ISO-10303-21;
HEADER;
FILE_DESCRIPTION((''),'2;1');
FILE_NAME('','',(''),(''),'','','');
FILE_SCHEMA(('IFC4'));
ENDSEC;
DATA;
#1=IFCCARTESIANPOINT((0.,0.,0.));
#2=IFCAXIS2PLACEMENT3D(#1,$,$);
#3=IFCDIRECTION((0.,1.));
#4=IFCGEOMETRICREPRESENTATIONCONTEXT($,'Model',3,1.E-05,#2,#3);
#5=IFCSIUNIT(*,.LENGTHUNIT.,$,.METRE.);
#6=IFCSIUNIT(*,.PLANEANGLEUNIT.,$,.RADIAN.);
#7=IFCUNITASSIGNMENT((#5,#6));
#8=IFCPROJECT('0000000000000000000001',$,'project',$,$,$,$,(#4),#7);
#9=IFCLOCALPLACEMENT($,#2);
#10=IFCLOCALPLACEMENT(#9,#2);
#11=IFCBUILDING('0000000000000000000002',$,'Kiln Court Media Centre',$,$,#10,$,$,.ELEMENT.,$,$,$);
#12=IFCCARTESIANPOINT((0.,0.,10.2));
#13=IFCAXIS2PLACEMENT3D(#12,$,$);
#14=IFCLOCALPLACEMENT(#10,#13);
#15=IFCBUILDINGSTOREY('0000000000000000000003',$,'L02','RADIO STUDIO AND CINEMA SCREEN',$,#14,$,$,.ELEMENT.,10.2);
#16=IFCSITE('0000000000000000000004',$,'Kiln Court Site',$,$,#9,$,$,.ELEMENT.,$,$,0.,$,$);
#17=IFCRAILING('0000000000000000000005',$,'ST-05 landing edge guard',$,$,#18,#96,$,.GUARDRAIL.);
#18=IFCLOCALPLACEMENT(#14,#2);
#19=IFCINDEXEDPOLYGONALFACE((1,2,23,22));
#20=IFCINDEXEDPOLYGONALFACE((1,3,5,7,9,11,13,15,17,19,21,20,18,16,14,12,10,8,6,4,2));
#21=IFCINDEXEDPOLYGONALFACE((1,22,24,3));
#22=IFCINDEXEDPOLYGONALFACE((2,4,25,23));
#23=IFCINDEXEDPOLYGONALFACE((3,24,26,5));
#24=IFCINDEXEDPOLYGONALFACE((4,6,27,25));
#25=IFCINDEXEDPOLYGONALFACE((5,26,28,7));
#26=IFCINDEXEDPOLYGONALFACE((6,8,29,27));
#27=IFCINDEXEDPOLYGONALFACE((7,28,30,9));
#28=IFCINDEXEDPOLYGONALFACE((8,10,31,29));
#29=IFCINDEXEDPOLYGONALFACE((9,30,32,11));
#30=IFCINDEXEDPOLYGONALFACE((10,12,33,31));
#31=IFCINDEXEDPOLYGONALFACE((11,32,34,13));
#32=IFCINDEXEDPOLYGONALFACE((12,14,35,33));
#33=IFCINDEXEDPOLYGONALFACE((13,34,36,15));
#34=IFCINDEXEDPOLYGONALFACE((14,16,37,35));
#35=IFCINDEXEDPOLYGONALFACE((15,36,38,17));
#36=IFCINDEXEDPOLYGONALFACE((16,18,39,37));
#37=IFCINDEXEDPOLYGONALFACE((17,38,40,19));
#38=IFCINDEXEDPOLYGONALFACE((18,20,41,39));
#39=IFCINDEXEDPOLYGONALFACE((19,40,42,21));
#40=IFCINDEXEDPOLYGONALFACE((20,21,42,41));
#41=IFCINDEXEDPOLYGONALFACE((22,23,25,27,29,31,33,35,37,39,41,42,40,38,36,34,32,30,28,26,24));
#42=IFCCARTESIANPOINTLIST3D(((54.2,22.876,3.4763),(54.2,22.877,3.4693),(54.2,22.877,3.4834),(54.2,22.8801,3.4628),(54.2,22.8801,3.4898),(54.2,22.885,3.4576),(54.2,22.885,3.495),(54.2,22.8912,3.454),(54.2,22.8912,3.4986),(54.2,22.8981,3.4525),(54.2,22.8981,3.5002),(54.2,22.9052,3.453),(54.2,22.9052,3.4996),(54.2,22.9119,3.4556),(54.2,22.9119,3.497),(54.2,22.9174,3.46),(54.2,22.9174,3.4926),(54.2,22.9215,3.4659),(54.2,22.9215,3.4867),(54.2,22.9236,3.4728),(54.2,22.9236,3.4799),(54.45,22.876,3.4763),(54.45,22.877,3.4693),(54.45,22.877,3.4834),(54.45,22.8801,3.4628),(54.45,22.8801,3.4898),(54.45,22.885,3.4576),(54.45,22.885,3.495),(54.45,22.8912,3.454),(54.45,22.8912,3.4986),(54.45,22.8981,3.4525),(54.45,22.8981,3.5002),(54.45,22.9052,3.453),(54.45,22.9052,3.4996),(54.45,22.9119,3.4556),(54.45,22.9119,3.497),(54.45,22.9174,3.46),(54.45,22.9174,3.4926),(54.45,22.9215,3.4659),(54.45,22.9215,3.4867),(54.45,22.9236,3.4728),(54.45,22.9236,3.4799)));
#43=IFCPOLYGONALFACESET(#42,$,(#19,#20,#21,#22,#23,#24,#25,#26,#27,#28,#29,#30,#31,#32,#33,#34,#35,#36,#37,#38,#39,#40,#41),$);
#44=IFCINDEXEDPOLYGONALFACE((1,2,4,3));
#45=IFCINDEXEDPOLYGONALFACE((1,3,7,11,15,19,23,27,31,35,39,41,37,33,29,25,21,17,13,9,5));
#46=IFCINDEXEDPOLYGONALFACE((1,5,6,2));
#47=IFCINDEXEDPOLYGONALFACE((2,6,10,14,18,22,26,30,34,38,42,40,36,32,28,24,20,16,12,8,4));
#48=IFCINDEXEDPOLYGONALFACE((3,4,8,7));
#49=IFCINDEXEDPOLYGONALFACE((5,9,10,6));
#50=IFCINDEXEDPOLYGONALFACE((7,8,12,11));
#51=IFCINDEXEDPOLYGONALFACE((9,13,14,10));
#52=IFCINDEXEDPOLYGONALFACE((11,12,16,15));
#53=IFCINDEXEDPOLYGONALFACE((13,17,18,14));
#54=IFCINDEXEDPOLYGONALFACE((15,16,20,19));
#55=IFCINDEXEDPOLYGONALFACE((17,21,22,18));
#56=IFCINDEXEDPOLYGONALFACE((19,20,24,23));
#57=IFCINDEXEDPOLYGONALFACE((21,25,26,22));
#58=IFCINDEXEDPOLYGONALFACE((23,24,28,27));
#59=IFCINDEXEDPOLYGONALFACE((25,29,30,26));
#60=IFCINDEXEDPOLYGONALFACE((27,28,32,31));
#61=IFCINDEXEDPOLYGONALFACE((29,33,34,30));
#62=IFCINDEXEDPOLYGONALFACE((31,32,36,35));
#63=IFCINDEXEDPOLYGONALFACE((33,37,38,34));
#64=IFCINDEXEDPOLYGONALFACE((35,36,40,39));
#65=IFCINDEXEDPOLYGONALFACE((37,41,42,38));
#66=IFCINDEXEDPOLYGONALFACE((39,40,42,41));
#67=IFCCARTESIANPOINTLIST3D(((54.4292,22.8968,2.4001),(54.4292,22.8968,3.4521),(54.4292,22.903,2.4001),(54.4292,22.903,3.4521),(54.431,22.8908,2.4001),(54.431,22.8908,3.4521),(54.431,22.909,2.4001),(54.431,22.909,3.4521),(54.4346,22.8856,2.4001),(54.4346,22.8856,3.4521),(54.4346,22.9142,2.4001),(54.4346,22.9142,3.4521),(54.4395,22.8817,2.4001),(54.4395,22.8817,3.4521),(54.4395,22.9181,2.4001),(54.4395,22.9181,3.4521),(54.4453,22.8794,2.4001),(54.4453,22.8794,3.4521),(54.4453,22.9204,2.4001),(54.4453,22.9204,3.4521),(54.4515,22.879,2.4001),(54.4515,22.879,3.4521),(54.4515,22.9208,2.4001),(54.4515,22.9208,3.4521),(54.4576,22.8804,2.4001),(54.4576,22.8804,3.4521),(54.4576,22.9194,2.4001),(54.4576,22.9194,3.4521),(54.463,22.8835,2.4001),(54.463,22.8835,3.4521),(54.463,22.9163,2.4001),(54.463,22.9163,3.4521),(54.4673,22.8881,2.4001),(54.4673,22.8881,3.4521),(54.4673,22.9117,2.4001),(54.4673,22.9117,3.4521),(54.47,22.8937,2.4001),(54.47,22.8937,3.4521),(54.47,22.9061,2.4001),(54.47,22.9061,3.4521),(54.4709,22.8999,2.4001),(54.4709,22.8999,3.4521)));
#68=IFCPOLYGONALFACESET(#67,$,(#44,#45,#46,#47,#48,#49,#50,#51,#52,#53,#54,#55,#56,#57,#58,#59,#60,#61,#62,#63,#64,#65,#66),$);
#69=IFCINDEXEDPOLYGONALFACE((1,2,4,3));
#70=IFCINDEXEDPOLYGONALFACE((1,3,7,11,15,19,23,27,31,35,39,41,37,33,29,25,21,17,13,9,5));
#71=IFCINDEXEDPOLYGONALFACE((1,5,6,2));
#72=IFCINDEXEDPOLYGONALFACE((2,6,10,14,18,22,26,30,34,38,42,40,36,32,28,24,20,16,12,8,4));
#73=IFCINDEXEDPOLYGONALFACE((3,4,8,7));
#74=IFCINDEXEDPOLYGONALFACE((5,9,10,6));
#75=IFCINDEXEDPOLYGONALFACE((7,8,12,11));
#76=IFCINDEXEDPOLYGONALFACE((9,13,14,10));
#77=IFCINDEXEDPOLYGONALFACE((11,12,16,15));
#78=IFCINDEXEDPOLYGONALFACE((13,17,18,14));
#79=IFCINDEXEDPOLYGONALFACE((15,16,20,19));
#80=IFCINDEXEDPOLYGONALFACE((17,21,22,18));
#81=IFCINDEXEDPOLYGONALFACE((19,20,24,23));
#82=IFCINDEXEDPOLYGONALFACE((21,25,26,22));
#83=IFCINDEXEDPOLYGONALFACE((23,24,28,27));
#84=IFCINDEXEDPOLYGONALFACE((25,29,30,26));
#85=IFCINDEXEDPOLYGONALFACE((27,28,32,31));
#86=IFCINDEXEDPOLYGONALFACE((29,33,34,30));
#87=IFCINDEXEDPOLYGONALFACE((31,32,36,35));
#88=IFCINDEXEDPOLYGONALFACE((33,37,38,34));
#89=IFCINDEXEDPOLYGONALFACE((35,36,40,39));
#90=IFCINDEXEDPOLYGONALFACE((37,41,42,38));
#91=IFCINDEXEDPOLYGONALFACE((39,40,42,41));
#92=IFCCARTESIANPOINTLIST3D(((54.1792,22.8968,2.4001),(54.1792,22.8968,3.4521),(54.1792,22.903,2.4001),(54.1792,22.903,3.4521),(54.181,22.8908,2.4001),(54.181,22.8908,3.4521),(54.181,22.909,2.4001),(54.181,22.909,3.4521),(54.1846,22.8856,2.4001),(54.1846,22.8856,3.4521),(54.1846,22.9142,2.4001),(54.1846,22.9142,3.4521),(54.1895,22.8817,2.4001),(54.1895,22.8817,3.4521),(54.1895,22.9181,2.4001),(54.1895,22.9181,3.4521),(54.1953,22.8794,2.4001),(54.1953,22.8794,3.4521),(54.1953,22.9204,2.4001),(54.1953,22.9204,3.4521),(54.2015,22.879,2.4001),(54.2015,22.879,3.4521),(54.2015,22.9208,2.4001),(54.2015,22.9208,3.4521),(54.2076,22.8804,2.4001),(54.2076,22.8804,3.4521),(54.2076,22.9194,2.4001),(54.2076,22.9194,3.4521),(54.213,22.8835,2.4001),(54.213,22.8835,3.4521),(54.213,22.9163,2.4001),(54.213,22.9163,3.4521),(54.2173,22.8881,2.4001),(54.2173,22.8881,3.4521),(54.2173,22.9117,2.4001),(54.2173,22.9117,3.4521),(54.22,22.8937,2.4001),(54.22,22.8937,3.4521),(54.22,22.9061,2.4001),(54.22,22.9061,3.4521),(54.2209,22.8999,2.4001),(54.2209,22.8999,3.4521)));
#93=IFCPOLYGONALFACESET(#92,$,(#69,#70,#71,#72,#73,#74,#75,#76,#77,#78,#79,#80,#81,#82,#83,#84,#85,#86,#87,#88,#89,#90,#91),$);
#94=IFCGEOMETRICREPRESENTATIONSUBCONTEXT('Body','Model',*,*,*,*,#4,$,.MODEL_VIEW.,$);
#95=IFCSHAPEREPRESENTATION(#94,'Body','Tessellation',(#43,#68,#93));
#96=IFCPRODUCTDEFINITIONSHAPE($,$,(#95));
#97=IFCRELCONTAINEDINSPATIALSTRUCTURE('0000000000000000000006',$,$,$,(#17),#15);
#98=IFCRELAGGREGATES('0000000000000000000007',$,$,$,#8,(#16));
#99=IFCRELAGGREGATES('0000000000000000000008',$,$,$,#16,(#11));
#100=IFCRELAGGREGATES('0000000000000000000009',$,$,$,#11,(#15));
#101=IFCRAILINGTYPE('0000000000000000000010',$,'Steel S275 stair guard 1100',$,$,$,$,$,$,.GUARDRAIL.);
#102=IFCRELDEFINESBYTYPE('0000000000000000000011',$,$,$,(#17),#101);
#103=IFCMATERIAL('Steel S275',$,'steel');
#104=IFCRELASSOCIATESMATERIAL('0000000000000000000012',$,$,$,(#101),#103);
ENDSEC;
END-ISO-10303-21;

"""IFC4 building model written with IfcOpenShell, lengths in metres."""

from ifc_helpers import new_model, si_unit, direction, frame, origin, origin_2d, place, context, subcontext, project, spatial, circle, extrude, material, type_object, element, save


model = new_model("IFC4")

# Units and contexts
model_context = context("Model", 3, precision=1e-05, world=origin(), true_north=direction((0.0, 1.0)))
body_context = subcontext(model_context, "Body", "Model", "MODEL_VIEW")
ifc_project = project(units=[si_unit("LENGTHUNIT", "METRE"), si_unit("PLANEANGLEUNIT", "RADIAN")], contexts=[model_context])

# Site, building, storey
site_placement = place(None, origin())
site = spatial("IfcSite", under=ifc_project, at=site_placement, Name="Kiln Court Site", CompositionType="ELEMENT", RefElevation=0.0)
building_placement = place(site_placement, origin())
building = spatial("IfcBuilding", under=site, at=building_placement, Name="Kiln Court Media Centre", CompositionType="ELEMENT")
storey_placement = place(building_placement, frame((0.0, 0.0, 10.2)))
storey = spatial("IfcBuildingStorey", under=building, at=storey_placement, Name="L02", Description="RADIO STUDIO AND CINEMA SCREEN", CompositionType="ELEMENT", Elevation=10.2)

# Railing
ifc_material_1 = material(Name="Steel S275", Category="steel")
railing_type_1 = type_object("IfcRailingType", Name="Steel S275 stair guard 1100", PredefinedType="GUARDRAIL", material=ifc_material_1)
railing_1_placement = place(storey_placement, frame((54.45, 22.8999, 2.4001)))
element("IfcRailing", 1, at=railing_1_placement, inside=storey, type_object=railing_type_1, Name="ST-05 landing edge guard", PredefinedType="GUARDRAIL", context=body_context, shape_type="SweptSolid", body=[
    extrude(circle(Radius=0.0239, at=origin_2d()), frame((0.0, 0.0, 1.0762), z_axis=(-1.0, 0.0, 0.0), x_axis=(0.0, -1.0, 0.0)), (0.0, 0.0, 1.0), 0.25),
    extrude(circle(Radius=0.021, at=origin_2d()), origin(), (0.0, 0.0, 1.0), 1.052),
    extrude(circle(Radius=0.021, at=origin_2d()), frame((-0.25, 0.0, 0.0)), (0.0, 0.0, 1.0), 1.052),
])

save(model, "model.ifc")
